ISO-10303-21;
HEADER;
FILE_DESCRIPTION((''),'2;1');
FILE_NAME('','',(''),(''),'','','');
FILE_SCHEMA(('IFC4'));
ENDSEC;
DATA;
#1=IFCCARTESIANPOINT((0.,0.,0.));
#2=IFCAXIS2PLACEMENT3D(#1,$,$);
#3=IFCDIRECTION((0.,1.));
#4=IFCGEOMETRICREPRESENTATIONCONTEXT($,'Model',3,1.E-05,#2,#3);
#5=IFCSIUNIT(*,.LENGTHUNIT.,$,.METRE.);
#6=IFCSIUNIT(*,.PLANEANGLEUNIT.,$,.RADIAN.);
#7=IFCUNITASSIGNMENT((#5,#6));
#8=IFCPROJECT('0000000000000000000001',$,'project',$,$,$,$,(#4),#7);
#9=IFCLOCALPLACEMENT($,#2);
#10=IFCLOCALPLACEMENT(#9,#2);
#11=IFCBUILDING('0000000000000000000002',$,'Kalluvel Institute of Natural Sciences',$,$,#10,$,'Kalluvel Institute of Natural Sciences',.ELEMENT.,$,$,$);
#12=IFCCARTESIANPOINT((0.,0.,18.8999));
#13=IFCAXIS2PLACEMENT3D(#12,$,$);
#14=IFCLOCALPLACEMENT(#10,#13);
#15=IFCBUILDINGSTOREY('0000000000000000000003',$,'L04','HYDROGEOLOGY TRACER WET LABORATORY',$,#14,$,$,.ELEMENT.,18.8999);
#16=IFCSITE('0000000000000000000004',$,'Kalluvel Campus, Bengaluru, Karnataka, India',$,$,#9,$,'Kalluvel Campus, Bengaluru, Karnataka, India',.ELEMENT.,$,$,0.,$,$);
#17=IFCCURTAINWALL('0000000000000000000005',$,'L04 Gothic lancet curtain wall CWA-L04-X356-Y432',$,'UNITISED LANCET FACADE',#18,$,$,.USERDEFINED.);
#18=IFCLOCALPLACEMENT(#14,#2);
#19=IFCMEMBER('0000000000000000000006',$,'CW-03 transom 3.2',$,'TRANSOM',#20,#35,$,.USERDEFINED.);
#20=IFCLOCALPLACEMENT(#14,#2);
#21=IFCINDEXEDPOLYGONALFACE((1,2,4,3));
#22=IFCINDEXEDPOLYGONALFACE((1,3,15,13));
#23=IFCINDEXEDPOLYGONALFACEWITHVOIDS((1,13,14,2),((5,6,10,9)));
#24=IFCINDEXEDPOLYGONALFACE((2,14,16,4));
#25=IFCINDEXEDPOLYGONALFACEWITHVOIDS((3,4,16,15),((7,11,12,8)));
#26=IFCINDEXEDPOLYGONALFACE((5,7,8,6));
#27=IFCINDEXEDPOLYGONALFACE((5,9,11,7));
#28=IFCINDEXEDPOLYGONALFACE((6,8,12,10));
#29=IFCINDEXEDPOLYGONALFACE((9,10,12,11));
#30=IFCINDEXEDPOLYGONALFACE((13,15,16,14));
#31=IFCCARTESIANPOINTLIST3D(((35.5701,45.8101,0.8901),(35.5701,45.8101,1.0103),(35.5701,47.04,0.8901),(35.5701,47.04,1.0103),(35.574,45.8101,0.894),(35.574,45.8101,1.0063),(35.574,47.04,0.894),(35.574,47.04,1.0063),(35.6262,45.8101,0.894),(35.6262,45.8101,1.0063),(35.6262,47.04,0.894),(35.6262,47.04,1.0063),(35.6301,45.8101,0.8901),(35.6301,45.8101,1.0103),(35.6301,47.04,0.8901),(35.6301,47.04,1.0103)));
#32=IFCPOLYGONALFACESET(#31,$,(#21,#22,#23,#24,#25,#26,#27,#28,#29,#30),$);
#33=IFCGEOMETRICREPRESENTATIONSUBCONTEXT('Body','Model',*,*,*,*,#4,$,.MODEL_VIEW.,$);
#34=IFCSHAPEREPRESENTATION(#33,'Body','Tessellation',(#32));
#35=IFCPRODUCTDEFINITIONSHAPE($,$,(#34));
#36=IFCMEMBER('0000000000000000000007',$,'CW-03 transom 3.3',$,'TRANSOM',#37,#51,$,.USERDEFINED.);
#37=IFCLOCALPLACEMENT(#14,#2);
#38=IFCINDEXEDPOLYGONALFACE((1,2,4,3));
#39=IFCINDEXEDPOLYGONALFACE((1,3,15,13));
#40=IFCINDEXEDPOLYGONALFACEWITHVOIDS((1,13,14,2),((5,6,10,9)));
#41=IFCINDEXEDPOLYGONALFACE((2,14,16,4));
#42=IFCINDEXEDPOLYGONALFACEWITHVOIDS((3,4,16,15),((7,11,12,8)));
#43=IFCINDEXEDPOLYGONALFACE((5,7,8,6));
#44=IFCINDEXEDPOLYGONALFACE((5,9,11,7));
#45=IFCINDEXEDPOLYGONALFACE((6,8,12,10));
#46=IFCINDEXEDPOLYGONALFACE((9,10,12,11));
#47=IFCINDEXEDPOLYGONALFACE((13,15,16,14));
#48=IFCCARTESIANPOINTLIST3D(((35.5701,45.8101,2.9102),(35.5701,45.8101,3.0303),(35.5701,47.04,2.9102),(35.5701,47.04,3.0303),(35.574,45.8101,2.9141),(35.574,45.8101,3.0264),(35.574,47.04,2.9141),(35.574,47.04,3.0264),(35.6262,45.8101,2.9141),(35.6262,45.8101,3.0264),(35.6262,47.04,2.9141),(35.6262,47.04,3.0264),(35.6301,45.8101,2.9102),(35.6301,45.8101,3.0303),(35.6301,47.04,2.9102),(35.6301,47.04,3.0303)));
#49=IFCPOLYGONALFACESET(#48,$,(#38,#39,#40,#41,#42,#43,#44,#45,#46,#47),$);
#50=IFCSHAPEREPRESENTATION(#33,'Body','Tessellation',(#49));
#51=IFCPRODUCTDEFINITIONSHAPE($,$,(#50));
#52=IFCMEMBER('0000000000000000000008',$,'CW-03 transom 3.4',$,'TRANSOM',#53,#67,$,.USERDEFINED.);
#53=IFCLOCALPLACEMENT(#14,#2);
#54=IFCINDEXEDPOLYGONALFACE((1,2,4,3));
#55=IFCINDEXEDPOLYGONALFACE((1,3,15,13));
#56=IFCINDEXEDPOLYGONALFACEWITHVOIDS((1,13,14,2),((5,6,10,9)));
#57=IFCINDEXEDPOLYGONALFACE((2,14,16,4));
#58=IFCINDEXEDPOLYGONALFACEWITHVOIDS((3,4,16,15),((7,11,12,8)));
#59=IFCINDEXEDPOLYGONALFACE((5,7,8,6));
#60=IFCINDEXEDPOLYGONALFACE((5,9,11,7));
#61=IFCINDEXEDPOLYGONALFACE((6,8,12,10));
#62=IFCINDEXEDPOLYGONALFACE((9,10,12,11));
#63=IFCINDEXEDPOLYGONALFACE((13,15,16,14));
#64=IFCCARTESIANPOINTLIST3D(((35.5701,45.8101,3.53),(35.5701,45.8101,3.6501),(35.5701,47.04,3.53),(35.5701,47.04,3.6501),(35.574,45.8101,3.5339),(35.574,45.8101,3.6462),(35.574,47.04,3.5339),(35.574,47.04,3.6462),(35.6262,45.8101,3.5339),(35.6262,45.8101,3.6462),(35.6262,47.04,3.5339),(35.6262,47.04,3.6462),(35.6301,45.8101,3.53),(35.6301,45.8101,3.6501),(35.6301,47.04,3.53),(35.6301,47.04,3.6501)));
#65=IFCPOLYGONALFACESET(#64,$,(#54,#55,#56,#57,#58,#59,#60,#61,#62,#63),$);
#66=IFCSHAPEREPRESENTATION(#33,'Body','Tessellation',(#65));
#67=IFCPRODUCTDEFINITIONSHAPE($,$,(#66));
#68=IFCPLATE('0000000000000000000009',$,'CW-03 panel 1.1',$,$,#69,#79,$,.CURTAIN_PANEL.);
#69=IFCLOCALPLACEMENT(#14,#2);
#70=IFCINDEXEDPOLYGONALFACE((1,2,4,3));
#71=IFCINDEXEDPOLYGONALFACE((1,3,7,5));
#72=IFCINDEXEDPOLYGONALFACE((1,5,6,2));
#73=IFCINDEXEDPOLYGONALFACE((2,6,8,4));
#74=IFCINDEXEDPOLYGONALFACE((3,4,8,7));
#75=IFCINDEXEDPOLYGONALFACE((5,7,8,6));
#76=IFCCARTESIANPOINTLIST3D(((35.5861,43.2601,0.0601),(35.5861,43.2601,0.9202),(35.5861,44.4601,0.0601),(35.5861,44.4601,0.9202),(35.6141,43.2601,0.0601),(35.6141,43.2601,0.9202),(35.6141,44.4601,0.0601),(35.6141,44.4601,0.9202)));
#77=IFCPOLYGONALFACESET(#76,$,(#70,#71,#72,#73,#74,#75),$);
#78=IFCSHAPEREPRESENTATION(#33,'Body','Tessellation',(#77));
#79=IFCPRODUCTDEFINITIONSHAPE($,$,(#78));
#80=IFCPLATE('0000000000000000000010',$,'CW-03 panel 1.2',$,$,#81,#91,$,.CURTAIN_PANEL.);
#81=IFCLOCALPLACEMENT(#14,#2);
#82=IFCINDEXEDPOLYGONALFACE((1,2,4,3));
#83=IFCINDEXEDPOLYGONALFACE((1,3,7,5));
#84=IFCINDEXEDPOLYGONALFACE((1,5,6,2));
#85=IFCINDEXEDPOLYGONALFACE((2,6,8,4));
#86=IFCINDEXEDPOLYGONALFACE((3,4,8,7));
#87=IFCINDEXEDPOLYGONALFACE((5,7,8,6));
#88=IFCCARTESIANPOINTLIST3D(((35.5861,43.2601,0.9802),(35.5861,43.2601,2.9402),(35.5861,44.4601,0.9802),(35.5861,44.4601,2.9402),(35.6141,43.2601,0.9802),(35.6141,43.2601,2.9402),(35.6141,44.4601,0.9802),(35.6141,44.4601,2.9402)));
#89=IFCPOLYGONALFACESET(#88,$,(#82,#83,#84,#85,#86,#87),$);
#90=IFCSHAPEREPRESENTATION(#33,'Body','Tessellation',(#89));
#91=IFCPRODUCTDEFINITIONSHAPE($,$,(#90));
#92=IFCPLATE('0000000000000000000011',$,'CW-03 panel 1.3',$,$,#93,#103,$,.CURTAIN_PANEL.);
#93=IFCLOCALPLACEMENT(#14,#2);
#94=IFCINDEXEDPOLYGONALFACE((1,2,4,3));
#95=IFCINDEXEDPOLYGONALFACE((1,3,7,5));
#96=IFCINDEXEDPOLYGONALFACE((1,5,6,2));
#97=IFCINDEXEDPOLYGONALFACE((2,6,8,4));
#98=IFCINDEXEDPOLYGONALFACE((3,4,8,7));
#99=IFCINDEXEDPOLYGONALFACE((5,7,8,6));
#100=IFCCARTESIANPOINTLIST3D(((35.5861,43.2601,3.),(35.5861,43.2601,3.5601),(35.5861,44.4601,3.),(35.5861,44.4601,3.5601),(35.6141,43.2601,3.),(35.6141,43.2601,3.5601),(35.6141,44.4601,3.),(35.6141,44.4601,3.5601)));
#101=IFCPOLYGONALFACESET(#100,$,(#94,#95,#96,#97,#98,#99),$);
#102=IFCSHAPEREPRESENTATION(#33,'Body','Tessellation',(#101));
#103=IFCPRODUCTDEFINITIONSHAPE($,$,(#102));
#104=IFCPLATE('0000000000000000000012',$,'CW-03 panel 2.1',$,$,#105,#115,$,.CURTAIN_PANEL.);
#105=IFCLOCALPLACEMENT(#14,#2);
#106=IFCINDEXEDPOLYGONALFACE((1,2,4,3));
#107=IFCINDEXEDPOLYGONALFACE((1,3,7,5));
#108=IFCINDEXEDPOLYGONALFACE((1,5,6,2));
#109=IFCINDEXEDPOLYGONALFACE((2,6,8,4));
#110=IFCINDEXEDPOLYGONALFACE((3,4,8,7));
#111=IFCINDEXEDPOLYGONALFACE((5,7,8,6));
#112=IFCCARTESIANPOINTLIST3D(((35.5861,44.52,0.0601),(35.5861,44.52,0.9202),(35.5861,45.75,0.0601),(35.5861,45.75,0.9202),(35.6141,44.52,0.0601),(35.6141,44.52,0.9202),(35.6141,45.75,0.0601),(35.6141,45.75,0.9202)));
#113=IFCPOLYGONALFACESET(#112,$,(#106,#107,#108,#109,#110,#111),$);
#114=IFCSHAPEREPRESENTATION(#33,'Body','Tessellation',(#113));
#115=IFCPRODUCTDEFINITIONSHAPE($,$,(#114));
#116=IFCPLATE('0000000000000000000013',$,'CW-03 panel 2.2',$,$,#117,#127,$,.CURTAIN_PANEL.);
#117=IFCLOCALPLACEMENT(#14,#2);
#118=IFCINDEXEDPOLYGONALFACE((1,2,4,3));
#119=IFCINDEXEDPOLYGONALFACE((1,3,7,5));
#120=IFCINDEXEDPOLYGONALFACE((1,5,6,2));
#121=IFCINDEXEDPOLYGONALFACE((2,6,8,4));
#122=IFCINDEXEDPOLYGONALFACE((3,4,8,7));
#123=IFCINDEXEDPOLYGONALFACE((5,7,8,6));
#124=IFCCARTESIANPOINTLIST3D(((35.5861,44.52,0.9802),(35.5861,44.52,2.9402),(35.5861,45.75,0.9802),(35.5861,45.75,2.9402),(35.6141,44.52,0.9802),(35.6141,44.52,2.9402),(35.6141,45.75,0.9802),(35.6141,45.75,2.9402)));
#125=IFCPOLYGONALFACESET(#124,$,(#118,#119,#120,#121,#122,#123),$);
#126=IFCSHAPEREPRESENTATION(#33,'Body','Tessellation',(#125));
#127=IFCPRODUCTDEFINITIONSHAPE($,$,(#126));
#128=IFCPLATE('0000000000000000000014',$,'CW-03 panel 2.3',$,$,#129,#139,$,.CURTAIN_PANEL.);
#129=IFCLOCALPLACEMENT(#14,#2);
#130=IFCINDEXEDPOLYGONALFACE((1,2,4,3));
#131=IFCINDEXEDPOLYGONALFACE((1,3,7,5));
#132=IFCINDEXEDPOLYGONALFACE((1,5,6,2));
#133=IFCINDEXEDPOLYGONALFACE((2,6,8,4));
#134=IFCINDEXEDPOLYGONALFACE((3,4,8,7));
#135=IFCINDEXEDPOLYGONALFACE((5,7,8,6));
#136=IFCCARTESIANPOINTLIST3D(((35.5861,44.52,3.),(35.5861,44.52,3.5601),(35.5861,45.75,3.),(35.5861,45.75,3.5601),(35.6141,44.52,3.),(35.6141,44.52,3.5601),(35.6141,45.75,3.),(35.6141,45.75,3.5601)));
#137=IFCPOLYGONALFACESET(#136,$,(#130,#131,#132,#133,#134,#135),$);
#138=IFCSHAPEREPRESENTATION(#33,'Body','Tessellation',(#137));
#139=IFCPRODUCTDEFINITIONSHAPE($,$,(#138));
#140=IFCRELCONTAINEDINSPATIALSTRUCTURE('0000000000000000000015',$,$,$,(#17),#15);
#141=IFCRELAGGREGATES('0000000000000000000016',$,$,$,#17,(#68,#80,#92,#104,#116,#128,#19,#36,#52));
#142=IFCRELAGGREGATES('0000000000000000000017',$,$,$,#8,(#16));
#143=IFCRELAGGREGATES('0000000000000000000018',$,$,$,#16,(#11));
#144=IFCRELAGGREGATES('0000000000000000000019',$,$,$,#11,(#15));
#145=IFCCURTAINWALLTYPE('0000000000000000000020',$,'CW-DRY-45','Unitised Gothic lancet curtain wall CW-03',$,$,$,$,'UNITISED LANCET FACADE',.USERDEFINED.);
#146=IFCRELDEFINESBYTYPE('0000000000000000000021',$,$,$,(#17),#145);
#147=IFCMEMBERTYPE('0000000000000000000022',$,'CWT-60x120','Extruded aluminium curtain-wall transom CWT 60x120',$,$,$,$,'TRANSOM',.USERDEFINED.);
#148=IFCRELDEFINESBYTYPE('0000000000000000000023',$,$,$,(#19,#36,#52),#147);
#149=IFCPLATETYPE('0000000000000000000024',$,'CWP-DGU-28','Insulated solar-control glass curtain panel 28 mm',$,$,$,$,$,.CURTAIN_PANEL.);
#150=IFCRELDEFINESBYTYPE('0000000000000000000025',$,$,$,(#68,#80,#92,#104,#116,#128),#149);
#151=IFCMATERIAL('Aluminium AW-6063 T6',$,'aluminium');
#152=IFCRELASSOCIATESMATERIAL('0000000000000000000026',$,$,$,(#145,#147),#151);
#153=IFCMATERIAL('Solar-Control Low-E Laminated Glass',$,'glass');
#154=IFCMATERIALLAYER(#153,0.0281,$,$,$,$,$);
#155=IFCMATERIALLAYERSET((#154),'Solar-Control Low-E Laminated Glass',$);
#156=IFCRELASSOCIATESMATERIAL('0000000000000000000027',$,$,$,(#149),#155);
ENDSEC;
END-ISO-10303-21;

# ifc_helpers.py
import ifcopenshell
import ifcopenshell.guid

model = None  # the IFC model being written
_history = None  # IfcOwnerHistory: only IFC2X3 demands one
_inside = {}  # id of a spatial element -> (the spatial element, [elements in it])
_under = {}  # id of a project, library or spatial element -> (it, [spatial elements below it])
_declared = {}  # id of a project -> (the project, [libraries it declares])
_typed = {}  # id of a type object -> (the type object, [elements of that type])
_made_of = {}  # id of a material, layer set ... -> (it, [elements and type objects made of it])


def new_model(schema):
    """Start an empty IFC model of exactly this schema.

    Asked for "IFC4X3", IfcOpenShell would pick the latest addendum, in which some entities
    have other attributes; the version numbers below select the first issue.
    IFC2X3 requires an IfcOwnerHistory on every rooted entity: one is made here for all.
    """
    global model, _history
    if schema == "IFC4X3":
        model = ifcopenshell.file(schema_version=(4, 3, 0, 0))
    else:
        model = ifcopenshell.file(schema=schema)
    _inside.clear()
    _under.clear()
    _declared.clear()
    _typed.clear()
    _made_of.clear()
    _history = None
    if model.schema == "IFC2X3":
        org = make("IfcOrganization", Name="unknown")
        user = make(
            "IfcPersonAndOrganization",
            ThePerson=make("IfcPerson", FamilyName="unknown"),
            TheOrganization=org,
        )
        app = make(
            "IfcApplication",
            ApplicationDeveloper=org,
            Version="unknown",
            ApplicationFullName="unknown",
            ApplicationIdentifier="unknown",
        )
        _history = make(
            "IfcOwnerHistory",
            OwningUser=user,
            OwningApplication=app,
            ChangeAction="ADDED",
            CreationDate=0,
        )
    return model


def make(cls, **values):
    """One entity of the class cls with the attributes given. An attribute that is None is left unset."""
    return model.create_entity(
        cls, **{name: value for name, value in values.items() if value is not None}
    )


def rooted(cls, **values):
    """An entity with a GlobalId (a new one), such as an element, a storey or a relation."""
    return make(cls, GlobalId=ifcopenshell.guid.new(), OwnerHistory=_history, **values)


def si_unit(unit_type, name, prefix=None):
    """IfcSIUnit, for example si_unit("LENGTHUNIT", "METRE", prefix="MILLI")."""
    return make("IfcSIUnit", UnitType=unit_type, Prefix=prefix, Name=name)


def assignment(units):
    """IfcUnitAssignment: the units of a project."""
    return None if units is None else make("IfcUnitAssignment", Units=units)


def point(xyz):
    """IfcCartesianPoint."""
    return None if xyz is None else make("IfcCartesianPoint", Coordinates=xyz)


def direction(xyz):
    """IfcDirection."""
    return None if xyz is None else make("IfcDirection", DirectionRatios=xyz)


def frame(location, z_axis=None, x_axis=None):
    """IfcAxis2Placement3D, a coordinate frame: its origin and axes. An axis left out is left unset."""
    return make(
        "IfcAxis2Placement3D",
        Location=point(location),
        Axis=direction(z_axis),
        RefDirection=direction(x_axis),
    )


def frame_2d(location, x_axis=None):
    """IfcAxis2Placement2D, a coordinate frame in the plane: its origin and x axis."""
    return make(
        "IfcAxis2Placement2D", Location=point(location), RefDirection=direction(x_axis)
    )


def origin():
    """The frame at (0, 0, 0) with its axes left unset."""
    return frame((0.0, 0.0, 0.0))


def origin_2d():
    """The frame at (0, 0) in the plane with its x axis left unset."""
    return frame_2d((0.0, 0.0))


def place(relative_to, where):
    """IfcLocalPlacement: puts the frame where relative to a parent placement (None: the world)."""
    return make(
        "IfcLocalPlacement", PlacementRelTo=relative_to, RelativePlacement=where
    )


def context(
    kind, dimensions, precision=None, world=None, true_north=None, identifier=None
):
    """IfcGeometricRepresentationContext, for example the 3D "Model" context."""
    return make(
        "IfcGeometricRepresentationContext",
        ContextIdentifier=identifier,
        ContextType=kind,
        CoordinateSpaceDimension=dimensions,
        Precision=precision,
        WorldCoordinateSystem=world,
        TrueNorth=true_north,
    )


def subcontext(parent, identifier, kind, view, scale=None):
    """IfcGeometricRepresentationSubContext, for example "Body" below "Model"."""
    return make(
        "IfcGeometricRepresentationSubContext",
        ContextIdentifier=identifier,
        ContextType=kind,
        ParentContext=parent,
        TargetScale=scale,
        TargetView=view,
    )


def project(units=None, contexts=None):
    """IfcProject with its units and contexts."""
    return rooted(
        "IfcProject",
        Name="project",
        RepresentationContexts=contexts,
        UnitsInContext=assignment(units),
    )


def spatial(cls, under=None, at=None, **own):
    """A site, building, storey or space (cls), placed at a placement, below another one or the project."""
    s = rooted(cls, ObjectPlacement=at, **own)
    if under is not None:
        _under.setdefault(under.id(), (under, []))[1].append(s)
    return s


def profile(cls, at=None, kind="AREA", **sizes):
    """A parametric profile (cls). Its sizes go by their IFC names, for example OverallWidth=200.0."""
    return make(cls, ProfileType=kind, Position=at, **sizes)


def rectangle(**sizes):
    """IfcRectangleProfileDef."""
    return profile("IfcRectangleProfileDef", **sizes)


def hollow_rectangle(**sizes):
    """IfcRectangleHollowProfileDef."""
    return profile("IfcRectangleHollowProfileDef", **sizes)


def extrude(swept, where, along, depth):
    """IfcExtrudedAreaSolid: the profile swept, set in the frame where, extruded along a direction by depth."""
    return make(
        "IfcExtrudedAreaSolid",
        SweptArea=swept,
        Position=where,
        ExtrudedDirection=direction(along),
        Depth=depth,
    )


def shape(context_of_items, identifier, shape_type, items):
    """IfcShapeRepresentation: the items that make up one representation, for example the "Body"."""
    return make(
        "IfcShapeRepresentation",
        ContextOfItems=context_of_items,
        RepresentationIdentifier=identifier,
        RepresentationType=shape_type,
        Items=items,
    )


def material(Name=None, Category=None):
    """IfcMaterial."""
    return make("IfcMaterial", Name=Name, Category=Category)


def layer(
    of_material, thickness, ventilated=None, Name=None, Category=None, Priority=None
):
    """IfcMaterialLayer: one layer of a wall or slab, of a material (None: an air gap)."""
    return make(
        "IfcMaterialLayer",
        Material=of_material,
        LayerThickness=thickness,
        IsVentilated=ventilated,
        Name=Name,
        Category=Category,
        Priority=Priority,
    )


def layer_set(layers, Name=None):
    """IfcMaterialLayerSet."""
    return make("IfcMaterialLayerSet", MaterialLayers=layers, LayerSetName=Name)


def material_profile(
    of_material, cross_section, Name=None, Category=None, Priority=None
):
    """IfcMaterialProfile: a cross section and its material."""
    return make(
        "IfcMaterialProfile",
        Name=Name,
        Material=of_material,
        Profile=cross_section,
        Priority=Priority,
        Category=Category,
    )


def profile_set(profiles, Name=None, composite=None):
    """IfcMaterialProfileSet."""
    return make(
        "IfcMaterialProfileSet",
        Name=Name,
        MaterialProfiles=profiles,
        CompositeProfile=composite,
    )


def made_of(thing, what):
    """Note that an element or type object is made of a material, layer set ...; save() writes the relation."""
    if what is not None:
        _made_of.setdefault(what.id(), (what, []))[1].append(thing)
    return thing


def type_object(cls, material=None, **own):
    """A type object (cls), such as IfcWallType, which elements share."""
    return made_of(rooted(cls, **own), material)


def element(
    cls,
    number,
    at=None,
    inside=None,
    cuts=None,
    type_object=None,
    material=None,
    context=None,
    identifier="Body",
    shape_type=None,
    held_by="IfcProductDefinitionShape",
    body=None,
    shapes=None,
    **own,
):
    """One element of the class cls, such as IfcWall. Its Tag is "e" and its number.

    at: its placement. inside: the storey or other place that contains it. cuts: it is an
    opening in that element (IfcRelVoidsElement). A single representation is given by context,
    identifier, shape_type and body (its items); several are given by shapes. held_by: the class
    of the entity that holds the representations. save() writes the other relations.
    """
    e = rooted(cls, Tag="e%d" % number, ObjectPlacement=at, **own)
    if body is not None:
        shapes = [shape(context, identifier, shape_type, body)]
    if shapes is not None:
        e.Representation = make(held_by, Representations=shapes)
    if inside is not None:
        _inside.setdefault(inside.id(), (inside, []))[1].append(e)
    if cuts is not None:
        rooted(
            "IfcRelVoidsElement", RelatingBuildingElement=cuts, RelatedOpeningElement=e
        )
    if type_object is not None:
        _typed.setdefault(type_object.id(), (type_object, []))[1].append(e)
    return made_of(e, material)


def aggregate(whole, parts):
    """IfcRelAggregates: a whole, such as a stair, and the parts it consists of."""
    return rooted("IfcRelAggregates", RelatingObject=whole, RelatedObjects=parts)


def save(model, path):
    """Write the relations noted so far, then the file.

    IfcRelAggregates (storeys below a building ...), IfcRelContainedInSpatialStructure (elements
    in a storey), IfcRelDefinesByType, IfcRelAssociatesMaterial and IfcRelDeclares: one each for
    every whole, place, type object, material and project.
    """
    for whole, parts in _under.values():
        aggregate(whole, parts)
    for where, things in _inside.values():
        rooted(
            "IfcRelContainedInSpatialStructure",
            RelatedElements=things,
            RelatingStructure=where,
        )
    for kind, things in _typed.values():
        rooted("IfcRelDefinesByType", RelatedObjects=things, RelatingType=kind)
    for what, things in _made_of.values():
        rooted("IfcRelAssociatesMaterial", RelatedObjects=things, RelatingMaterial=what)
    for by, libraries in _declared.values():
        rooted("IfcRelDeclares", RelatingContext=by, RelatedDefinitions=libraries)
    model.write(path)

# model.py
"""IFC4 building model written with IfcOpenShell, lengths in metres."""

from ifc_helpers import new_model, si_unit, direction, frame, origin, origin_2d, place, context, subcontext, project, spatial, rectangle, hollow_rectangle, extrude, material, layer, layer_set, material_profile, profile_set, type_object, element, aggregate, save


model = new_model("IFC4")

# Units and contexts
model_context = context("Model", 3, precision=1e-05, world=origin(), true_north=direction((0.0, 1.0)))
body_context = subcontext(model_context, "Body", "Model", "MODEL_VIEW")
ifc_project = project(units=[si_unit("LENGTHUNIT", "METRE"), si_unit("PLANEANGLEUNIT", "RADIAN")], contexts=[model_context])

# Site, building, storey
site_placement = place(None, origin())
site = spatial("IfcSite", under=ifc_project, at=site_placement, Name="Kalluvel Campus, Bengaluru, Karnataka, India", LongName="Kalluvel Campus, Bengaluru, Karnataka, India", CompositionType="ELEMENT", RefElevation=0.0)
building_placement = place(site_placement, origin())
building = spatial("IfcBuilding", under=site, at=building_placement, Name="Kalluvel Institute of Natural Sciences", LongName="Kalluvel Institute of Natural Sciences", CompositionType="ELEMENT")
storey_placement = place(building_placement, frame((0.0, 0.0, 18.8999)))
storey = spatial("IfcBuildingStorey", under=building, at=storey_placement, Name="L04", Description="HYDROGEOLOGY TRACER WET LABORATORY", CompositionType="ELEMENT", Elevation=18.8999)

# Curtain wall, members, plates
ifc_material_1 = material(Name="Aluminium AW-6063 T6", Category="aluminium")
curtain_wall_type = type_object("IfcCurtainWallType", Name="CW-DRY-45", Description="Unitised Gothic lancet curtain wall CW-03", ElementType="UNITISED LANCET FACADE", PredefinedType="USERDEFINED", material=ifc_material_1)
curtain_wall_placement = place(storey_placement, origin())
curtain_wall = element("IfcCurtainWall", 1, at=curtain_wall_placement, inside=storey, type_object=curtain_wall_type, Name="L04 Gothic lancet curtain wall CWA-L04-X356-Y432", ObjectType="UNITISED LANCET FACADE", PredefinedType="USERDEFINED")
ifc_material_profile_1 = material_profile(ifc_material_1, hollow_rectangle(XDim=0.0601, YDim=0.1201, WallThickness=0.0039, at=origin_2d()), Name="CWT 60x120")
ifc_profile_set_1 = profile_set([ifc_material_profile_1], Name="Aluminium AW-6063 T6")
member_type_1 = type_object("IfcMemberType", Name="CWT-60x120", Description="Extruded aluminium curtain-wall transom CWT 60x120", ElementType="TRANSOM", PredefinedType="USERDEFINED", material=ifc_profile_set_1)
member_1_placement = place(storey_placement, frame((35.6001, 45.8101, 0.9502), z_axis=(0.0, 1.0, 0.0), x_axis=(-1.0, 0.0, 0.0)))
member_1 = element("IfcMember", 2, at=member_1_placement, type_object=member_type_1, Name="CW-03 transom 3.2", ObjectType="TRANSOM", PredefinedType="USERDEFINED", context=body_context, shape_type="SweptSolid", body=[
    extrude(hollow_rectangle(XDim=0.0601, YDim=0.1201, WallThickness=0.0039, at=origin_2d()), origin(), (0.0, 0.0, 1.0), 1.23),
])
member_2_placement = place(storey_placement, frame((35.6001, 45.8101, 2.9702), z_axis=(0.0, 1.0, 0.0), x_axis=(-1.0, 0.0, 0.0)))
member_2 = element("IfcMember", 3, at=member_2_placement, type_object=member_type_1, Name="CW-03 transom 3.3", ObjectType="TRANSOM", PredefinedType="USERDEFINED", context=body_context, shape_type="SweptSolid", body=[
    extrude(hollow_rectangle(XDim=0.0601, YDim=0.1201, WallThickness=0.0039, at=origin_2d()), origin(), (0.0, 0.0, 1.0), 1.23),
])
member_3_placement = place(storey_placement, frame((35.6001, 45.8101, 3.5901), z_axis=(0.0, 1.0, 0.0), x_axis=(-1.0, 0.0, 0.0)))
member_3 = element("IfcMember", 4, at=member_3_placement, type_object=member_type_1, Name="CW-03 transom 3.4", ObjectType="TRANSOM", PredefinedType="USERDEFINED", context=body_context, shape_type="SweptSolid", body=[
    extrude(hollow_rectangle(XDim=0.0601, YDim=0.1201, WallThickness=0.0039, at=origin_2d()), origin(), (0.0, 0.0, 1.0), 1.23),
])
ifc_material_2 = material(Name="Solar-Control Low-E Laminated Glass", Category="glass")
ifc_layer = layer(ifc_material_2, 0.0281)
ifc_layer_set = layer_set([ifc_layer], Name="Solar-Control Low-E Laminated Glass")
plate_type = type_object("IfcPlateType", Name="CWP-DGU-28", Description="Insulated solar-control glass curtain panel 28 mm", PredefinedType="CURTAIN_PANEL", material=ifc_layer_set)
plate_1_placement = place(storey_placement, frame((35.6001, 43.8601, 0.0601), z_axis=(0.0, 0.0, 1.0), x_axis=(0.0, 1.0, 0.0)))
plate_1 = element("IfcPlate", 5, at=plate_1_placement, type_object=plate_type, Name="CW-03 panel 1.1", PredefinedType="CURTAIN_PANEL", context=body_context, shape_type="SweptSolid", body=[
    extrude(rectangle(XDim=1.2, YDim=0.0281, at=origin_2d()), origin(), (0.0, 0.0, 1.0), 0.8601),
])
plate_2_placement = place(storey_placement, frame((35.6001, 43.8601, 0.9802), z_axis=(0.0, 0.0, 1.0), x_axis=(0.0, 1.0, 0.0)))
plate_2 = element("IfcPlate", 6, at=plate_2_placement, type_object=plate_type, Name="CW-03 panel 1.2", PredefinedType="CURTAIN_PANEL", context=body_context, shape_type="SweptSolid", body=[
    extrude(rectangle(XDim=1.2, YDim=0.0281, at=origin_2d()), origin(), (0.0, 0.0, 1.0), 1.96),
])
plate_3_placement = place(storey_placement, frame((35.6001, 43.8601, 3.0), z_axis=(0.0, 0.0, 1.0), x_axis=(0.0, 1.0, 0.0)))
plate_3 = element("IfcPlate", 7, at=plate_3_placement, type_object=plate_type, Name="CW-03 panel 1.3", PredefinedType="CURTAIN_PANEL", context=body_context, shape_type="SweptSolid", body=[
    extrude(rectangle(XDim=1.2, YDim=0.0281, at=origin_2d()), origin(), (0.0, 0.0, 1.0), 0.5601),
])
plate_4_placement = place(storey_placement, frame((35.6001, 45.135, 0.0601), z_axis=(0.0, 0.0, 1.0), x_axis=(0.0, 1.0, 0.0)))
plate_4 = element("IfcPlate", 8, at=plate_4_placement, type_object=plate_type, Name="CW-03 panel 2.1", PredefinedType="CURTAIN_PANEL", context=body_context, shape_type="SweptSolid", body=[
    extrude(rectangle(XDim=1.23, YDim=0.0281, at=origin_2d()), origin(), (0.0, 0.0, 1.0), 0.8601),
])
plate_5_placement = place(storey_placement, frame((35.6001, 45.135, 0.9802), z_axis=(0.0, 0.0, 1.0), x_axis=(0.0, 1.0, 0.0)))
plate_5 = element("IfcPlate", 9, at=plate_5_placement, type_object=plate_type, Name="CW-03 panel 2.2", PredefinedType="CURTAIN_PANEL", context=body_context, shape_type="SweptSolid", body=[
    extrude(rectangle(XDim=1.23, YDim=0.0281, at=origin_2d()), origin(), (0.0, 0.0, 1.0), 1.96),
])
plate_6_placement = place(storey_placement, frame((35.6001, 45.135, 3.0), z_axis=(0.0, 0.0, 1.0), x_axis=(0.0, 1.0, 0.0)))
plate_6 = element("IfcPlate", 10, at=plate_6_placement, type_object=plate_type, Name="CW-03 panel 2.3", PredefinedType="CURTAIN_PANEL", context=body_context, shape_type="SweptSolid", body=[
    extrude(rectangle(XDim=1.23, YDim=0.0281, at=origin_2d()), origin(), (0.0, 0.0, 1.0), 0.5601),
])
aggregate(curtain_wall, [plate_1, plate_2, plate_3, plate_4, plate_5, plate_6, member_1, member_2, member_3])

save(model, "model.ifc")
